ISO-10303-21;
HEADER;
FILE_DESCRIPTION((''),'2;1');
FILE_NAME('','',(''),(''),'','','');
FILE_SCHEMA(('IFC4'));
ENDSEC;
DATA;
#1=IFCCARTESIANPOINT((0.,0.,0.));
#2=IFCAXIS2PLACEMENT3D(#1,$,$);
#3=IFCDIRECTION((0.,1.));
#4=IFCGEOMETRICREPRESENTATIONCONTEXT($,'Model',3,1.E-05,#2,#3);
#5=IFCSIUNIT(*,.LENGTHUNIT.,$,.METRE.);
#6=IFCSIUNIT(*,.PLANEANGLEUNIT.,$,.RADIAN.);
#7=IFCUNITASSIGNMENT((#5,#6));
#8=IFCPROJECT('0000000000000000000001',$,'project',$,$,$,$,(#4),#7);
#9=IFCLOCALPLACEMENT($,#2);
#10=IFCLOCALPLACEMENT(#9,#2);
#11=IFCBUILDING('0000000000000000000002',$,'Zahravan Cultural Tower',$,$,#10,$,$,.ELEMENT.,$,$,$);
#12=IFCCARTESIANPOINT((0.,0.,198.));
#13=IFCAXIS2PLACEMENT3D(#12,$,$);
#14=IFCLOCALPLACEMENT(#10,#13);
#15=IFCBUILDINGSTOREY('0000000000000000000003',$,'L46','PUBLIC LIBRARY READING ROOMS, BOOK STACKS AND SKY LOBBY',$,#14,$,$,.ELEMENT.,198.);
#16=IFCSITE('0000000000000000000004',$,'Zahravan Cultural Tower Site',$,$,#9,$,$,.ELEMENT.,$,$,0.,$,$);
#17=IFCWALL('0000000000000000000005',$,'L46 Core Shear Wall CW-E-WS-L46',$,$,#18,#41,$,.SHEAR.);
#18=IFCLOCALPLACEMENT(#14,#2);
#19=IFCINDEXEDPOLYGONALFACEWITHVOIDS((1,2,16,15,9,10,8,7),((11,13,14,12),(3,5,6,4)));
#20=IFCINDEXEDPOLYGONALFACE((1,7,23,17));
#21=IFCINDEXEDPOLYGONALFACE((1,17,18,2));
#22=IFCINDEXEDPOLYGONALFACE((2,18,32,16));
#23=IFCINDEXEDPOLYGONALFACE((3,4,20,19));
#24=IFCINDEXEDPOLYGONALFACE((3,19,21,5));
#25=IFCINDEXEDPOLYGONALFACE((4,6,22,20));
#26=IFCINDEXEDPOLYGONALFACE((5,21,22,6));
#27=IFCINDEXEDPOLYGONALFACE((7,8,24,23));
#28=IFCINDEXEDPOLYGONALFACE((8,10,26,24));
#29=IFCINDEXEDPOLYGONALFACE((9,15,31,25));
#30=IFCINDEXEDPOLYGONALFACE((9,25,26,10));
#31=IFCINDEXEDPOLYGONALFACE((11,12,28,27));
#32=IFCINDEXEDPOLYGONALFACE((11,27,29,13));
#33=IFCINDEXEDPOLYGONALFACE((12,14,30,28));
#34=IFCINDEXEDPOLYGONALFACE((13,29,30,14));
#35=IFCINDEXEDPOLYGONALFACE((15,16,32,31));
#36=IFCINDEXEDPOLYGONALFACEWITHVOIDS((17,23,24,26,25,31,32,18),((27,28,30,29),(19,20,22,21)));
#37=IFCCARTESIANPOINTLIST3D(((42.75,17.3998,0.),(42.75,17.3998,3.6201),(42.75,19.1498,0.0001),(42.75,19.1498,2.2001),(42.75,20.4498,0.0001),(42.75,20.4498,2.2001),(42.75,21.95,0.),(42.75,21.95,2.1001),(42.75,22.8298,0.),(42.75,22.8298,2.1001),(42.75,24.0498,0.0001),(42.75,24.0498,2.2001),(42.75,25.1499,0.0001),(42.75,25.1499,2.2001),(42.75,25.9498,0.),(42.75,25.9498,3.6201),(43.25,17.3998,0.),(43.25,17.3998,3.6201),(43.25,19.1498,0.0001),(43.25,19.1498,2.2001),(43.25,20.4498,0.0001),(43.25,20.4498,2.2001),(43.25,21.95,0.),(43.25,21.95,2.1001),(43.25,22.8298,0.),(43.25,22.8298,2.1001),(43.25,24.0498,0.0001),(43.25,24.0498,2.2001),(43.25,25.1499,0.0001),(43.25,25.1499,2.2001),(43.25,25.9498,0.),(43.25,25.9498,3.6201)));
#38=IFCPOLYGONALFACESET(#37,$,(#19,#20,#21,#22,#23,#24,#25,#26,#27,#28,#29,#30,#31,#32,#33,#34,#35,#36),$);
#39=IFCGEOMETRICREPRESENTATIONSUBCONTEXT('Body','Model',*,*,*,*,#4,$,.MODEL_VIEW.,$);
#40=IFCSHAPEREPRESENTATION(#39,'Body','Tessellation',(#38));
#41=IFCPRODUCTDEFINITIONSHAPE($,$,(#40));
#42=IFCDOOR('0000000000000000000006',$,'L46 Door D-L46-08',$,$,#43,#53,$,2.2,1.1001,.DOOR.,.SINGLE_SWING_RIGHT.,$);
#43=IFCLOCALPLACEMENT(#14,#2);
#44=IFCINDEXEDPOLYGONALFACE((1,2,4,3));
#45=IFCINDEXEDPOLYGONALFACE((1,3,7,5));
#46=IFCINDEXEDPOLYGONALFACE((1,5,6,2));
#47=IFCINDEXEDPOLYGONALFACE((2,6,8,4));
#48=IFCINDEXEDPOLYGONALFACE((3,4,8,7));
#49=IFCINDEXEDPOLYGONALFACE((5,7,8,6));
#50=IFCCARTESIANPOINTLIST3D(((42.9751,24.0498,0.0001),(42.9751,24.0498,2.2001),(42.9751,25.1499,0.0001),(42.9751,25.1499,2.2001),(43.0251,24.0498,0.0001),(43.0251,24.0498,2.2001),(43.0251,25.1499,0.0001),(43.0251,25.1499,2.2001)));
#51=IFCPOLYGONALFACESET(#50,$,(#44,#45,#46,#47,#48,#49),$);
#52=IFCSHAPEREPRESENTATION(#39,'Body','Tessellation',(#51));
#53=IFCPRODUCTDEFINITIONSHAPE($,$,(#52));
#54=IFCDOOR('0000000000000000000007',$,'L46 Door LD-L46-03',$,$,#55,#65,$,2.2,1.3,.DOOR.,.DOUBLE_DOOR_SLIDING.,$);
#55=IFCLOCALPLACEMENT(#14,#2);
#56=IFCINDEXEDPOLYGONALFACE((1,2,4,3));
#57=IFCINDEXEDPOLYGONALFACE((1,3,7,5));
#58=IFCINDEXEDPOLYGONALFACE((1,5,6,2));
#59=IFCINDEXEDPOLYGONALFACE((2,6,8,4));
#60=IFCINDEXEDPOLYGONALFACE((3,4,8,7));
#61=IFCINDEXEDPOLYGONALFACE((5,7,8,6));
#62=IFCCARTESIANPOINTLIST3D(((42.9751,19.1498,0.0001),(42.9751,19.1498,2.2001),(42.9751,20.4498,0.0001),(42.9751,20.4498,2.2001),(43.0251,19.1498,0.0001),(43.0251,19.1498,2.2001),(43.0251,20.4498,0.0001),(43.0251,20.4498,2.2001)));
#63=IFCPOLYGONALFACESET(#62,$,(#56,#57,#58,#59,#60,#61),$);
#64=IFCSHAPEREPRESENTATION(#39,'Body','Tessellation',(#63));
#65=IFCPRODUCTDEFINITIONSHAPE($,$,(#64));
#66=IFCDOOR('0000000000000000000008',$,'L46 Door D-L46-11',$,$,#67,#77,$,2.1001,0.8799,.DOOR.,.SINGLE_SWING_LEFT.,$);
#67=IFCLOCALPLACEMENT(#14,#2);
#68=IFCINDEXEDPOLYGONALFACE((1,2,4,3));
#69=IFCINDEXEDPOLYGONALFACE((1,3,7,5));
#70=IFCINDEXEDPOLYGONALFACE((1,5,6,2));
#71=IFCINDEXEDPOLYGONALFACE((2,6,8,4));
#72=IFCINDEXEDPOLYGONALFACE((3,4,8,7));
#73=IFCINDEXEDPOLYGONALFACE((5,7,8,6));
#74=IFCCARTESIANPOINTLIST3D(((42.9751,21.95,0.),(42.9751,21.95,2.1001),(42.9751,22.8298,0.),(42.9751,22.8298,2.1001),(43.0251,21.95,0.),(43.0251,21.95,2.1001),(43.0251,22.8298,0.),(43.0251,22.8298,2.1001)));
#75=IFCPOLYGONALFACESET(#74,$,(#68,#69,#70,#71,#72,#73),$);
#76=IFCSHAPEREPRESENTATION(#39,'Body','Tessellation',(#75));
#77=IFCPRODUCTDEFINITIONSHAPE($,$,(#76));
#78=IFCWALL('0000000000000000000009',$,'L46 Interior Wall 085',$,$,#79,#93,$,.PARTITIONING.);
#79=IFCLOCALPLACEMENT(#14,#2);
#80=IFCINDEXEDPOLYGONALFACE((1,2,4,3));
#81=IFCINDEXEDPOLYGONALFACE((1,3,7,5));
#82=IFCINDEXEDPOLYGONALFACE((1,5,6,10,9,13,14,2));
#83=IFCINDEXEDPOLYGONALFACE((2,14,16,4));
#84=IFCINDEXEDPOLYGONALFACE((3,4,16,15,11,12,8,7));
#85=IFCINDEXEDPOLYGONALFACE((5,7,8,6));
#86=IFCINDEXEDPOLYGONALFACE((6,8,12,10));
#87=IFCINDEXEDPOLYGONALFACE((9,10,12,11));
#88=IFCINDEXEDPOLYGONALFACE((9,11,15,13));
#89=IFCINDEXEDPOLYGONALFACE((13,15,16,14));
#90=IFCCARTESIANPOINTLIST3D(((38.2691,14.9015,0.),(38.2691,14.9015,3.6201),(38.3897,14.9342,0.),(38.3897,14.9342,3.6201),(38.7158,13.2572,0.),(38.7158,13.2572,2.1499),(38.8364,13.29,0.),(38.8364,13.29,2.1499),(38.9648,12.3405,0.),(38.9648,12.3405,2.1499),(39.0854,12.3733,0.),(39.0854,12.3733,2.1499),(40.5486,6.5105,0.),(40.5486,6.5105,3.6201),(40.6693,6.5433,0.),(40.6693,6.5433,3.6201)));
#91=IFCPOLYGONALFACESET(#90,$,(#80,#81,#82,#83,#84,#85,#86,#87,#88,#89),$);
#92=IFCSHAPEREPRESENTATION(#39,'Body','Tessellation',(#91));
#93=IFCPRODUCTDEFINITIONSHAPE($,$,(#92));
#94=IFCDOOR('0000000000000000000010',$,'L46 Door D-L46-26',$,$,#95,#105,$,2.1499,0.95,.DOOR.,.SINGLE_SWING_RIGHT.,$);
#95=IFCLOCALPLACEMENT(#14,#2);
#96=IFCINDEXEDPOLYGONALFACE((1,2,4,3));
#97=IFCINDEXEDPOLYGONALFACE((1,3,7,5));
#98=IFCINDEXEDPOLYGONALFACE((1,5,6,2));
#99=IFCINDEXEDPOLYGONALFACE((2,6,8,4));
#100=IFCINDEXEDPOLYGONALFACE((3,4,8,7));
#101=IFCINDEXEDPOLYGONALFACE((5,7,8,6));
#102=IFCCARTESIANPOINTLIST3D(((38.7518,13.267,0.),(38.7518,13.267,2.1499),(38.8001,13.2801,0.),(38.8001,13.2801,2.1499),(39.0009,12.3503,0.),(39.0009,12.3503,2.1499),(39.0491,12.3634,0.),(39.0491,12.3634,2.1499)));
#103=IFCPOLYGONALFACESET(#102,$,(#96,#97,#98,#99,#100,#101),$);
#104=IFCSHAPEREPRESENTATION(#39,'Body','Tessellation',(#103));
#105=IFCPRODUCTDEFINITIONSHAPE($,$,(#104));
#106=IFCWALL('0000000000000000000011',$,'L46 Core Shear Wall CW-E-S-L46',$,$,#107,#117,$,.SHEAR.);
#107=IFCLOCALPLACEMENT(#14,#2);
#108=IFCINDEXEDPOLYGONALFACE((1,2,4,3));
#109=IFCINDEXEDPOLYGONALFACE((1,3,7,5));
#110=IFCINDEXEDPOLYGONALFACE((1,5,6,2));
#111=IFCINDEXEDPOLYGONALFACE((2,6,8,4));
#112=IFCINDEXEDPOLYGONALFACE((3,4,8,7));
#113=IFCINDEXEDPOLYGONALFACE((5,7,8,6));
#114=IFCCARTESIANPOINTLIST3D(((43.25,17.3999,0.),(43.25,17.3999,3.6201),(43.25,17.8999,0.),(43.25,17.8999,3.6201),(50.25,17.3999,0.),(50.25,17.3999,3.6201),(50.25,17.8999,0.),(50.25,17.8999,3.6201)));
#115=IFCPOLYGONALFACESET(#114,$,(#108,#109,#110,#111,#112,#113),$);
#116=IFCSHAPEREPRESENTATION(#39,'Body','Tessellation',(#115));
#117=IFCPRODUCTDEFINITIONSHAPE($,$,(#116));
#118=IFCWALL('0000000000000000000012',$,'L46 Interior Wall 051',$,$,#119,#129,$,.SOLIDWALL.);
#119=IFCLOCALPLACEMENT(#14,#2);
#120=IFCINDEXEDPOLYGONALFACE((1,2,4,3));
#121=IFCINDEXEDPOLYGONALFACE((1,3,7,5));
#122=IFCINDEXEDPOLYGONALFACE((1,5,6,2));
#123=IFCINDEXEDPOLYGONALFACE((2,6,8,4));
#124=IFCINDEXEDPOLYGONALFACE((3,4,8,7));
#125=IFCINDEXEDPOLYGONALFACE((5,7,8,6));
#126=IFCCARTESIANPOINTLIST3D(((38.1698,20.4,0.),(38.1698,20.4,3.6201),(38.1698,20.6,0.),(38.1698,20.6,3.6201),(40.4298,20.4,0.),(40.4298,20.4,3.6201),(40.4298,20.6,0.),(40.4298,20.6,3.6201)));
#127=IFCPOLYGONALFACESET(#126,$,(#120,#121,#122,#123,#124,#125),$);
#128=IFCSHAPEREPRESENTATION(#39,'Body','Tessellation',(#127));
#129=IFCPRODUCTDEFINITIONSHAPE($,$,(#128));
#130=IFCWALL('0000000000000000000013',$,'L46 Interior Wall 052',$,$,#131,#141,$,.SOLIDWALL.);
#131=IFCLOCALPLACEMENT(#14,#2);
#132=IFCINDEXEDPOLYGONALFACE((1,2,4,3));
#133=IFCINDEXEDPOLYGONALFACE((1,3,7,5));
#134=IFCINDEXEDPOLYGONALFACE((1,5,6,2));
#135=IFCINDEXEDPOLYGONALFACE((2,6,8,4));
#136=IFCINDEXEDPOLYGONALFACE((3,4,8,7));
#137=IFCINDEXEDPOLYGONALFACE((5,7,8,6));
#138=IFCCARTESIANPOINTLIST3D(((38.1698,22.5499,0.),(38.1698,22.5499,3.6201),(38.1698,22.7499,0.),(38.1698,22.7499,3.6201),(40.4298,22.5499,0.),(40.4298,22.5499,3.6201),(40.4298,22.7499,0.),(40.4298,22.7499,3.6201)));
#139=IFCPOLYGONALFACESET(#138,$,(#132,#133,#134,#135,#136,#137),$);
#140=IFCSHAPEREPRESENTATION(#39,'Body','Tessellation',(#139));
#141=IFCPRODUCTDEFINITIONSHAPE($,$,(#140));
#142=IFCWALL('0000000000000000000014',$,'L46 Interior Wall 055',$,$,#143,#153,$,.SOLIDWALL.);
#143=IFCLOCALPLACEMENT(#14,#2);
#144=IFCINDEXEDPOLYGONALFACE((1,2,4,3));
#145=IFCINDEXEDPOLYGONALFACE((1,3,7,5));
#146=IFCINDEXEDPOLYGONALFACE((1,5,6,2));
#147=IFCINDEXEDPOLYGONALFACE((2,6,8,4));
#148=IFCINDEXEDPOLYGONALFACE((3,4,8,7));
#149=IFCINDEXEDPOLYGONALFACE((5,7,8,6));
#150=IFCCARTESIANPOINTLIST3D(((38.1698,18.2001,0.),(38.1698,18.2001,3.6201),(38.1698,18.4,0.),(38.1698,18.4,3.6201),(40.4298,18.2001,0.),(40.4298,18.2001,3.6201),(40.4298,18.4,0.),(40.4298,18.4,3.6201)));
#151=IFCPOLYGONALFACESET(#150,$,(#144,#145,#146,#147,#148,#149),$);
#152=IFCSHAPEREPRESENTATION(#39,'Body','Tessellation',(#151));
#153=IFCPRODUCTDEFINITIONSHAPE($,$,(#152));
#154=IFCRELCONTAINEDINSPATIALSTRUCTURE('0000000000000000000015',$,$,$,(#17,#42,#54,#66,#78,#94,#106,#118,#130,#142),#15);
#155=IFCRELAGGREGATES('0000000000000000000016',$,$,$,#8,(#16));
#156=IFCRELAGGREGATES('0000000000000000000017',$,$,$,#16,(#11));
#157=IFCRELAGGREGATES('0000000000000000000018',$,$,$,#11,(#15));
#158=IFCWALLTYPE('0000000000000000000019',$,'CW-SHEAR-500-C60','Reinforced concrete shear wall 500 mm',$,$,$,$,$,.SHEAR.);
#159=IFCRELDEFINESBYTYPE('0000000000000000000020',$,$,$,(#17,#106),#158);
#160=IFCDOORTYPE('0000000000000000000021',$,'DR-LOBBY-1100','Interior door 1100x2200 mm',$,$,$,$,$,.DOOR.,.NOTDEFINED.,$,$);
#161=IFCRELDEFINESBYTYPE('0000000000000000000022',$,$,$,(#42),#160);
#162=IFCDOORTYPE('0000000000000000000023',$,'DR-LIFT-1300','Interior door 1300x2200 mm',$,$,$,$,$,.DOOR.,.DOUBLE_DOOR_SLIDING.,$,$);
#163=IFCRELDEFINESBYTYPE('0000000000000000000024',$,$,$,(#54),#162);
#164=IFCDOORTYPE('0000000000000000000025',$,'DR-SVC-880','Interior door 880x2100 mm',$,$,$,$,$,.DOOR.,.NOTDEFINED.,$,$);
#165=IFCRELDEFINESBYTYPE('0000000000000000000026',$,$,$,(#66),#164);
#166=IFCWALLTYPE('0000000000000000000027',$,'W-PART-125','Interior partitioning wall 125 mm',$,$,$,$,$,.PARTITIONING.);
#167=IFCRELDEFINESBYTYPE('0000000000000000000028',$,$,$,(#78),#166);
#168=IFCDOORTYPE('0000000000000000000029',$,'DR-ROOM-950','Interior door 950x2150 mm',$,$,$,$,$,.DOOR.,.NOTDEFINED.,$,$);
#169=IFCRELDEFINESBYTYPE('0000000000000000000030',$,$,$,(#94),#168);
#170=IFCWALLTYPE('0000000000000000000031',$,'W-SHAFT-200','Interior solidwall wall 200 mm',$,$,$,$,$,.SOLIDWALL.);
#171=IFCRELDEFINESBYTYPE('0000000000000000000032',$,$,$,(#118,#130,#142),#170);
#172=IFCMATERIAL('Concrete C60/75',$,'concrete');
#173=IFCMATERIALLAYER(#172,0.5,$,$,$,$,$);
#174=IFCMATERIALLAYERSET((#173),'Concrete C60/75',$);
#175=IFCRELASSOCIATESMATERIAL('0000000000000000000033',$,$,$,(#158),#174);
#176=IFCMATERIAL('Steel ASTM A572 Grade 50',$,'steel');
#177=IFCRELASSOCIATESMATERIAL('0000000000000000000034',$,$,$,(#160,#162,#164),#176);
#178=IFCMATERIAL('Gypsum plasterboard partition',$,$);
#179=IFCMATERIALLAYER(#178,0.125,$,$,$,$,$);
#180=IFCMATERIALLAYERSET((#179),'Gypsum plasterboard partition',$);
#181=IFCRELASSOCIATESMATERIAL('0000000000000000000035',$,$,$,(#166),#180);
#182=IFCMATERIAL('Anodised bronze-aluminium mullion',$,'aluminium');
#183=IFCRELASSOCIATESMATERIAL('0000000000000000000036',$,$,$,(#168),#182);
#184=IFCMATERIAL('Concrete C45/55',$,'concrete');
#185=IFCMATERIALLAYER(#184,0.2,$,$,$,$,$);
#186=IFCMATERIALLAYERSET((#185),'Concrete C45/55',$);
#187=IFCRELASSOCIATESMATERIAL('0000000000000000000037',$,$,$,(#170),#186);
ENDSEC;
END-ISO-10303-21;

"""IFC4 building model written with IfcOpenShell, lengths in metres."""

from ifc_helpers import new_model, si_unit, direction, frame, frame_2d, origin, place, context, subcontext, project, spatial, rectangle, extrude, source, transform, mapped, material, layer, layer_set, type_object, element, fill, save


model = new_model("IFC4")

# Units and contexts
model_context = context("Model", 3, precision=1e-05, world=origin(), true_north=direction((0.0, 1.0)))
body_context = subcontext(model_context, "Body", "Model", "MODEL_VIEW")
ifc_project = project(units=[si_unit("LENGTHUNIT", "METRE"), si_unit("PLANEANGLEUNIT", "RADIAN")], contexts=[model_context])

# Site, building, storey
site_placement = place(None, origin())
site = spatial("IfcSite", under=ifc_project, at=site_placement, Name="Zahravan Cultural Tower Site", CompositionType="ELEMENT", RefElevation=0.0)
building_placement = place(site_placement, origin())
building = spatial("IfcBuilding", under=site, at=building_placement, Name="Zahravan Cultural Tower", CompositionType="ELEMENT")
storey_placement = place(building_placement, frame((0.0, 0.0, 198.0)))
storey = spatial("IfcBuildingStorey", under=building, at=storey_placement, Name="L46", Description="PUBLIC LIBRARY READING ROOMS, BOOK STACKS AND SKY LOBBY", CompositionType="ELEMENT", Elevation=198.0)

# Wall, openings, doors
ifc_material_1 = material(Name="Concrete C60/75", Category="concrete")
ifc_layer_1 = layer(ifc_material_1, 0.5)
ifc_layer_set_1 = layer_set([ifc_layer_1], Name="Concrete C60/75")
wall_type_1 = type_object("IfcWallType", Name="CW-SHEAR-500-C60", Description="Reinforced concrete shear wall 500 mm", PredefinedType="SHEAR", material=ifc_layer_set_1)
wall_1_placement = place(storey_placement, frame((43.0, 17.3999, 0.0), z_axis=(0.0, 0.0, 1.0), x_axis=(0.0, 1.0, 0.0)))
wall_1 = element("IfcWall", 1, at=wall_1_placement, inside=storey, type_object=wall_type_1, Name="L46 Core Shear Wall CW-E-WS-L46", PredefinedType="SHEAR", context=body_context, shape_type="SweptSolid", body=[
    extrude(rectangle(XDim=8.55, YDim=0.5, at=frame_2d((4.2749, 0.0))), origin(), (0.0, 0.0, 1.0), 3.6201),
])
opening_1_placement = place(wall_1_placement, frame((6.6499, 0.0, 0.0)))
opening_1 = element("IfcOpeningElement", 2, at=opening_1_placement, cuts=wall_1, PredefinedType="OPENING", context=body_context, shape_type="SweptSolid", body=[
    extrude(rectangle(XDim=1.1001, YDim=2.2, at=frame_2d((0.55, 1.1001))), frame((0.0, 0.26, 0.0), z_axis=(0.0, -1.0, 0.0), x_axis=(1.0, 0.0, 0.0)), (0.0, 0.0, 1.0), 0.52),
])
opening_2_placement = place(wall_1_placement, frame((1.75, 0.0, 0.0)))
opening_2 = element("IfcOpeningElement", 3, at=opening_2_placement, cuts=wall_1, PredefinedType="OPENING", context=body_context, shape_type="SweptSolid", body=[
    extrude(rectangle(XDim=1.3, YDim=2.2, at=frame_2d((0.6499, 1.1001))), frame((0.0, 0.26, 0.0), z_axis=(0.0, -1.0, 0.0), x_axis=(1.0, 0.0, 0.0)), (0.0, 0.0, 1.0), 0.52),
])
opening_3_placement = place(wall_1_placement, frame((4.55, 0.0, 0.0)))
opening_3 = element("IfcOpeningElement", 4, at=opening_3_placement, cuts=wall_1, PredefinedType="OPENING", context=body_context, shape_type="SweptSolid", body=[
    extrude(rectangle(XDim=0.8799, YDim=2.1001, at=frame_2d((0.4399, 1.05))), frame((0.0, 0.26, 0.0), z_axis=(0.0, -1.0, 0.0), x_axis=(1.0, 0.0, 0.0)), (0.0, 0.0, 1.0), 0.52),
])
ifc_material_2 = material(Name="Steel ASTM A572 Grade 50", Category="steel")
door_type_1 = type_object("IfcDoorType", Name="DR-LOBBY-1100", Description="Interior door 1100x2200 mm", OperationType="NOTDEFINED", PredefinedType="DOOR", material=ifc_material_2)
shared_shape_1 = source(origin(), body_context, "Body", "SweptSolid", [
    extrude(rectangle(XDim=1.1001, YDim=2.2, at=frame_2d((0.55, 1.1001))), frame((0.0, 0.0249, 0.0), z_axis=(0.0, -1.0, 0.0), x_axis=(1.0, 0.0, 0.0)), (0.0, 0.0, 1.0), 0.05),
])
door_1_placement = place(opening_1_placement, origin())
door_1 = element("IfcDoor", 5, at=door_1_placement, inside=storey, type_object=door_type_1, Name="L46 Door D-L46-08", OperationType="SINGLE_SWING_RIGHT", OverallHeight=2.2, OverallWidth=1.1001, PredefinedType="DOOR", context=body_context, shape_type="MappedRepresentation", body=[
    mapped(shared_shape_1, transform((0.0, 0.0, 0.0), x_axis=(1.0, 0.0, 0.0), y_axis=(0.0, 1.0, 0.0), z_axis=(0.0, 0.0, 1.0), scale=1.0)),
])
fill(opening_1, door_1)
door_type_2 = type_object("IfcDoorType", Name="DR-LIFT-1300", Description="Interior door 1300x2200 mm", OperationType="DOUBLE_DOOR_SLIDING", PredefinedType="DOOR", material=ifc_material_2)
shared_shape_2 = source(origin(), body_context, "Body", "SweptSolid", [
    extrude(rectangle(XDim=1.3, YDim=2.2, at=frame_2d((0.6499, 1.1001))), frame((0.0, 0.0249, 0.0), z_axis=(0.0, -1.0, 0.0), x_axis=(1.0, 0.0, 0.0)), (0.0, 0.0, 1.0), 0.05),
])
door_2_placement = place(opening_2_placement, origin())
door_2 = element("IfcDoor", 6, at=door_2_placement, inside=storey, type_object=door_type_2, Name="L46 Door LD-L46-03", OperationType="DOUBLE_DOOR_SLIDING", OverallHeight=2.2, OverallWidth=1.3, PredefinedType="DOOR", context=body_context, shape_type="MappedRepresentation", body=[
    mapped(shared_shape_2, transform((0.0, 0.0, 0.0), x_axis=(1.0, 0.0, 0.0), y_axis=(0.0, 1.0, 0.0), z_axis=(0.0, 0.0, 1.0), scale=1.0)),
])
fill(opening_2, door_2)
door_type_3 = type_object("IfcDoorType", Name="DR-SVC-880", Description="Interior door 880x2100 mm", OperationType="NOTDEFINED", PredefinedType="DOOR", material=ifc_material_2)
shared_shape_3 = source(origin(), body_context, "Body", "SweptSolid", [
    extrude(rectangle(XDim=0.8799, YDim=2.1001, at=frame_2d((0.4399, 1.05))), frame((0.0, 0.0249, 0.0), z_axis=(0.0, -1.0, 0.0), x_axis=(1.0, 0.0, 0.0)), (0.0, 0.0, 1.0), 0.05),
])
door_3_placement = place(opening_3_placement, origin())
door_3 = element("IfcDoor", 7, at=door_3_placement, inside=storey, type_object=door_type_3, Name="L46 Door D-L46-11", OperationType="SINGLE_SWING_LEFT", OverallHeight=2.1001, OverallWidth=0.8799, PredefinedType="DOOR", context=body_context, shape_type="MappedRepresentation", body=[
    mapped(shared_shape_3, transform((0.0, 0.0, 0.0), x_axis=(1.0, 0.0, 0.0), y_axis=(0.0, 1.0, 0.0), z_axis=(0.0, 0.0, 1.0), scale=1.0)),
])
fill(opening_3, door_3)

# Wall, opening, door
ifc_material_3 = material(Name="Gypsum plasterboard partition")
ifc_layer_2 = layer(ifc_material_3, 0.125)
ifc_layer_set_2 = layer_set([ifc_layer_2], Name="Gypsum plasterboard partition")
wall_type_2 = type_object("IfcWallType", Name="W-PART-125", Description="Interior partitioning wall 125 mm", PredefinedType="PARTITIONING", material=ifc_layer_set_2)
ifc_material_4 = material(Name="Anodised bronze-aluminium mullion", Category="aluminium")
door_type_4 = type_object("IfcDoorType", Name="DR-ROOM-950", Description="Interior door 950x2150 mm", OperationType="NOTDEFINED", PredefinedType="DOOR", material=ifc_material_4)
shared_shape_4 = source(origin(), body_context, "Body", "SweptSolid", [
    extrude(rectangle(XDim=0.95, YDim=2.1499, at=frame_2d((0.4751, 1.075))), frame((0.0, 0.0249, 0.0), z_axis=(0.0, -1.0, 0.0), x_axis=(1.0, 0.0, 0.0)), (0.0, 0.0, 1.0), 0.05),
])
wall_2_placement = place(storey_placement, frame((38.3293, 14.918, 0.0), z_axis=(0.0, 0.0, 1.0), x_axis=(0.262167, -0.965023, 0.0)))
wall_2 = element("IfcWall", 8, at=wall_2_placement, inside=storey, type_object=wall_type_2, Name="L46 Interior Wall 085", PredefinedType="PARTITIONING", context=body_context, shape_type="SweptSolid", body=[
    extrude(rectangle(XDim=8.6951, YDim=0.125, at=frame_2d((4.3477, 0.0))), origin(), (0.0, 0.0, 1.0), 3.6201),
])
opening_4_placement = place(wall_2_placement, frame((1.7039, 0.0, 0.0)))
opening_4 = element("IfcOpeningElement", 9, at=opening_4_placement, cuts=wall_2, PredefinedType="OPENING", context=body_context, shape_type="SweptSolid", body=[
    extrude(rectangle(XDim=0.95, YDim=2.1499, at=frame_2d((0.4751, 1.075))), frame((0.0, 0.0725, 0.0), z_axis=(0.0, -1.0, 0.0), x_axis=(1.0, 0.0, 0.0)), (0.0, 0.0, 1.0), 0.145),
])
door_4_placement = place(opening_4_placement, origin())
door_4 = element("IfcDoor", 10, at=door_4_placement, inside=storey, type_object=door_type_4, Name="L46 Door D-L46-26", OperationType="SINGLE_SWING_RIGHT", OverallHeight=2.1499, OverallWidth=0.95, PredefinedType="DOOR", context=body_context, shape_type="MappedRepresentation", body=[
    mapped(shared_shape_4, transform((0.0, 0.0, 0.0), x_axis=(1.0, 0.0, 0.0), y_axis=(0.0, 1.0, 0.0), z_axis=(0.0, 0.0, 1.0), scale=1.0)),
])
fill(opening_4, door_4)
ifc_material_5 = material(Name="Concrete C45/55", Category="concrete")
ifc_layer_3 = layer(ifc_material_5, 0.2)
ifc_layer_set_3 = layer_set([ifc_layer_3], Name="Concrete C45/55")
wall_type_3 = type_object("IfcWallType", Name="W-SHAFT-200", Description="Interior solidwall wall 200 mm", PredefinedType="SOLIDWALL", material=ifc_layer_set_3)

# Walls
shared_shape_5 = source(origin(), body_context, "Body", "SweptSolid", [
    extrude(rectangle(XDim=7.0, YDim=0.5, at=frame_2d((3.5, 0.0))), origin(), (0.0, 0.0, 1.0), 3.6201),
])
wall_3_placement = place(storey_placement, frame((43.25, 17.6499, 0.0), z_axis=(0.0, 0.0, 1.0), x_axis=(1.0, 0.0, 0.0)))
element("IfcWall", 11, at=wall_3_placement, inside=storey, type_object=wall_type_1, Name="L46 Core Shear Wall CW-E-S-L46", PredefinedType="SHEAR", context=body_context, shape_type="MappedRepresentation", body=[
    mapped(shared_shape_5, transform((0.0, 0.0, 0.0), x_axis=(1.0, 0.0, 0.0), y_axis=(0.0, 1.0, 0.0), z_axis=(0.0, 0.0, 1.0), scale=1.0)),
])
shared_shape_6 = source(origin(), body_context, "Body", "SweptSolid", [
    extrude(rectangle(XDim=2.26, YDim=0.2, at=frame_2d((1.1299, 0.0))), origin(), (0.0, 0.0, 1.0), 3.6201),
])
for number, where, z_axis, x_axis, name in (
    (12, (38.1699, 20.5, 0.0), (0.0, 0.0, 1.0), (1.0, 0.0, 0.0), "L46 Interior Wall 051"),
    (13, (38.1699, 22.6499, 0.0), (0.0, 0.0, 1.0), (1.0, 0.0, 0.0), "L46 Interior Wall 052"),
    (14, (38.1699, 18.3, 0.0), (0.0, 0.0, 1.0), (1.0, 0.0, 0.0), "L46 Interior Wall 055"),
):
    element("IfcWall", number, at=place(storey_placement, frame(where, z_axis=z_axis, x_axis=x_axis)), inside=storey, type_object=wall_type_3, Name=name, PredefinedType="SOLIDWALL", context=body_context, shape_type="MappedRepresentation", body=[
        mapped(shared_shape_6, transform((0.0, 0.0, 0.0), x_axis=(1.0, 0.0, 0.0), y_axis=(0.0, 1.0, 0.0), z_axis=(0.0, 0.0, 1.0), scale=1.0)),
    ])

save(model, "model.ifc")
